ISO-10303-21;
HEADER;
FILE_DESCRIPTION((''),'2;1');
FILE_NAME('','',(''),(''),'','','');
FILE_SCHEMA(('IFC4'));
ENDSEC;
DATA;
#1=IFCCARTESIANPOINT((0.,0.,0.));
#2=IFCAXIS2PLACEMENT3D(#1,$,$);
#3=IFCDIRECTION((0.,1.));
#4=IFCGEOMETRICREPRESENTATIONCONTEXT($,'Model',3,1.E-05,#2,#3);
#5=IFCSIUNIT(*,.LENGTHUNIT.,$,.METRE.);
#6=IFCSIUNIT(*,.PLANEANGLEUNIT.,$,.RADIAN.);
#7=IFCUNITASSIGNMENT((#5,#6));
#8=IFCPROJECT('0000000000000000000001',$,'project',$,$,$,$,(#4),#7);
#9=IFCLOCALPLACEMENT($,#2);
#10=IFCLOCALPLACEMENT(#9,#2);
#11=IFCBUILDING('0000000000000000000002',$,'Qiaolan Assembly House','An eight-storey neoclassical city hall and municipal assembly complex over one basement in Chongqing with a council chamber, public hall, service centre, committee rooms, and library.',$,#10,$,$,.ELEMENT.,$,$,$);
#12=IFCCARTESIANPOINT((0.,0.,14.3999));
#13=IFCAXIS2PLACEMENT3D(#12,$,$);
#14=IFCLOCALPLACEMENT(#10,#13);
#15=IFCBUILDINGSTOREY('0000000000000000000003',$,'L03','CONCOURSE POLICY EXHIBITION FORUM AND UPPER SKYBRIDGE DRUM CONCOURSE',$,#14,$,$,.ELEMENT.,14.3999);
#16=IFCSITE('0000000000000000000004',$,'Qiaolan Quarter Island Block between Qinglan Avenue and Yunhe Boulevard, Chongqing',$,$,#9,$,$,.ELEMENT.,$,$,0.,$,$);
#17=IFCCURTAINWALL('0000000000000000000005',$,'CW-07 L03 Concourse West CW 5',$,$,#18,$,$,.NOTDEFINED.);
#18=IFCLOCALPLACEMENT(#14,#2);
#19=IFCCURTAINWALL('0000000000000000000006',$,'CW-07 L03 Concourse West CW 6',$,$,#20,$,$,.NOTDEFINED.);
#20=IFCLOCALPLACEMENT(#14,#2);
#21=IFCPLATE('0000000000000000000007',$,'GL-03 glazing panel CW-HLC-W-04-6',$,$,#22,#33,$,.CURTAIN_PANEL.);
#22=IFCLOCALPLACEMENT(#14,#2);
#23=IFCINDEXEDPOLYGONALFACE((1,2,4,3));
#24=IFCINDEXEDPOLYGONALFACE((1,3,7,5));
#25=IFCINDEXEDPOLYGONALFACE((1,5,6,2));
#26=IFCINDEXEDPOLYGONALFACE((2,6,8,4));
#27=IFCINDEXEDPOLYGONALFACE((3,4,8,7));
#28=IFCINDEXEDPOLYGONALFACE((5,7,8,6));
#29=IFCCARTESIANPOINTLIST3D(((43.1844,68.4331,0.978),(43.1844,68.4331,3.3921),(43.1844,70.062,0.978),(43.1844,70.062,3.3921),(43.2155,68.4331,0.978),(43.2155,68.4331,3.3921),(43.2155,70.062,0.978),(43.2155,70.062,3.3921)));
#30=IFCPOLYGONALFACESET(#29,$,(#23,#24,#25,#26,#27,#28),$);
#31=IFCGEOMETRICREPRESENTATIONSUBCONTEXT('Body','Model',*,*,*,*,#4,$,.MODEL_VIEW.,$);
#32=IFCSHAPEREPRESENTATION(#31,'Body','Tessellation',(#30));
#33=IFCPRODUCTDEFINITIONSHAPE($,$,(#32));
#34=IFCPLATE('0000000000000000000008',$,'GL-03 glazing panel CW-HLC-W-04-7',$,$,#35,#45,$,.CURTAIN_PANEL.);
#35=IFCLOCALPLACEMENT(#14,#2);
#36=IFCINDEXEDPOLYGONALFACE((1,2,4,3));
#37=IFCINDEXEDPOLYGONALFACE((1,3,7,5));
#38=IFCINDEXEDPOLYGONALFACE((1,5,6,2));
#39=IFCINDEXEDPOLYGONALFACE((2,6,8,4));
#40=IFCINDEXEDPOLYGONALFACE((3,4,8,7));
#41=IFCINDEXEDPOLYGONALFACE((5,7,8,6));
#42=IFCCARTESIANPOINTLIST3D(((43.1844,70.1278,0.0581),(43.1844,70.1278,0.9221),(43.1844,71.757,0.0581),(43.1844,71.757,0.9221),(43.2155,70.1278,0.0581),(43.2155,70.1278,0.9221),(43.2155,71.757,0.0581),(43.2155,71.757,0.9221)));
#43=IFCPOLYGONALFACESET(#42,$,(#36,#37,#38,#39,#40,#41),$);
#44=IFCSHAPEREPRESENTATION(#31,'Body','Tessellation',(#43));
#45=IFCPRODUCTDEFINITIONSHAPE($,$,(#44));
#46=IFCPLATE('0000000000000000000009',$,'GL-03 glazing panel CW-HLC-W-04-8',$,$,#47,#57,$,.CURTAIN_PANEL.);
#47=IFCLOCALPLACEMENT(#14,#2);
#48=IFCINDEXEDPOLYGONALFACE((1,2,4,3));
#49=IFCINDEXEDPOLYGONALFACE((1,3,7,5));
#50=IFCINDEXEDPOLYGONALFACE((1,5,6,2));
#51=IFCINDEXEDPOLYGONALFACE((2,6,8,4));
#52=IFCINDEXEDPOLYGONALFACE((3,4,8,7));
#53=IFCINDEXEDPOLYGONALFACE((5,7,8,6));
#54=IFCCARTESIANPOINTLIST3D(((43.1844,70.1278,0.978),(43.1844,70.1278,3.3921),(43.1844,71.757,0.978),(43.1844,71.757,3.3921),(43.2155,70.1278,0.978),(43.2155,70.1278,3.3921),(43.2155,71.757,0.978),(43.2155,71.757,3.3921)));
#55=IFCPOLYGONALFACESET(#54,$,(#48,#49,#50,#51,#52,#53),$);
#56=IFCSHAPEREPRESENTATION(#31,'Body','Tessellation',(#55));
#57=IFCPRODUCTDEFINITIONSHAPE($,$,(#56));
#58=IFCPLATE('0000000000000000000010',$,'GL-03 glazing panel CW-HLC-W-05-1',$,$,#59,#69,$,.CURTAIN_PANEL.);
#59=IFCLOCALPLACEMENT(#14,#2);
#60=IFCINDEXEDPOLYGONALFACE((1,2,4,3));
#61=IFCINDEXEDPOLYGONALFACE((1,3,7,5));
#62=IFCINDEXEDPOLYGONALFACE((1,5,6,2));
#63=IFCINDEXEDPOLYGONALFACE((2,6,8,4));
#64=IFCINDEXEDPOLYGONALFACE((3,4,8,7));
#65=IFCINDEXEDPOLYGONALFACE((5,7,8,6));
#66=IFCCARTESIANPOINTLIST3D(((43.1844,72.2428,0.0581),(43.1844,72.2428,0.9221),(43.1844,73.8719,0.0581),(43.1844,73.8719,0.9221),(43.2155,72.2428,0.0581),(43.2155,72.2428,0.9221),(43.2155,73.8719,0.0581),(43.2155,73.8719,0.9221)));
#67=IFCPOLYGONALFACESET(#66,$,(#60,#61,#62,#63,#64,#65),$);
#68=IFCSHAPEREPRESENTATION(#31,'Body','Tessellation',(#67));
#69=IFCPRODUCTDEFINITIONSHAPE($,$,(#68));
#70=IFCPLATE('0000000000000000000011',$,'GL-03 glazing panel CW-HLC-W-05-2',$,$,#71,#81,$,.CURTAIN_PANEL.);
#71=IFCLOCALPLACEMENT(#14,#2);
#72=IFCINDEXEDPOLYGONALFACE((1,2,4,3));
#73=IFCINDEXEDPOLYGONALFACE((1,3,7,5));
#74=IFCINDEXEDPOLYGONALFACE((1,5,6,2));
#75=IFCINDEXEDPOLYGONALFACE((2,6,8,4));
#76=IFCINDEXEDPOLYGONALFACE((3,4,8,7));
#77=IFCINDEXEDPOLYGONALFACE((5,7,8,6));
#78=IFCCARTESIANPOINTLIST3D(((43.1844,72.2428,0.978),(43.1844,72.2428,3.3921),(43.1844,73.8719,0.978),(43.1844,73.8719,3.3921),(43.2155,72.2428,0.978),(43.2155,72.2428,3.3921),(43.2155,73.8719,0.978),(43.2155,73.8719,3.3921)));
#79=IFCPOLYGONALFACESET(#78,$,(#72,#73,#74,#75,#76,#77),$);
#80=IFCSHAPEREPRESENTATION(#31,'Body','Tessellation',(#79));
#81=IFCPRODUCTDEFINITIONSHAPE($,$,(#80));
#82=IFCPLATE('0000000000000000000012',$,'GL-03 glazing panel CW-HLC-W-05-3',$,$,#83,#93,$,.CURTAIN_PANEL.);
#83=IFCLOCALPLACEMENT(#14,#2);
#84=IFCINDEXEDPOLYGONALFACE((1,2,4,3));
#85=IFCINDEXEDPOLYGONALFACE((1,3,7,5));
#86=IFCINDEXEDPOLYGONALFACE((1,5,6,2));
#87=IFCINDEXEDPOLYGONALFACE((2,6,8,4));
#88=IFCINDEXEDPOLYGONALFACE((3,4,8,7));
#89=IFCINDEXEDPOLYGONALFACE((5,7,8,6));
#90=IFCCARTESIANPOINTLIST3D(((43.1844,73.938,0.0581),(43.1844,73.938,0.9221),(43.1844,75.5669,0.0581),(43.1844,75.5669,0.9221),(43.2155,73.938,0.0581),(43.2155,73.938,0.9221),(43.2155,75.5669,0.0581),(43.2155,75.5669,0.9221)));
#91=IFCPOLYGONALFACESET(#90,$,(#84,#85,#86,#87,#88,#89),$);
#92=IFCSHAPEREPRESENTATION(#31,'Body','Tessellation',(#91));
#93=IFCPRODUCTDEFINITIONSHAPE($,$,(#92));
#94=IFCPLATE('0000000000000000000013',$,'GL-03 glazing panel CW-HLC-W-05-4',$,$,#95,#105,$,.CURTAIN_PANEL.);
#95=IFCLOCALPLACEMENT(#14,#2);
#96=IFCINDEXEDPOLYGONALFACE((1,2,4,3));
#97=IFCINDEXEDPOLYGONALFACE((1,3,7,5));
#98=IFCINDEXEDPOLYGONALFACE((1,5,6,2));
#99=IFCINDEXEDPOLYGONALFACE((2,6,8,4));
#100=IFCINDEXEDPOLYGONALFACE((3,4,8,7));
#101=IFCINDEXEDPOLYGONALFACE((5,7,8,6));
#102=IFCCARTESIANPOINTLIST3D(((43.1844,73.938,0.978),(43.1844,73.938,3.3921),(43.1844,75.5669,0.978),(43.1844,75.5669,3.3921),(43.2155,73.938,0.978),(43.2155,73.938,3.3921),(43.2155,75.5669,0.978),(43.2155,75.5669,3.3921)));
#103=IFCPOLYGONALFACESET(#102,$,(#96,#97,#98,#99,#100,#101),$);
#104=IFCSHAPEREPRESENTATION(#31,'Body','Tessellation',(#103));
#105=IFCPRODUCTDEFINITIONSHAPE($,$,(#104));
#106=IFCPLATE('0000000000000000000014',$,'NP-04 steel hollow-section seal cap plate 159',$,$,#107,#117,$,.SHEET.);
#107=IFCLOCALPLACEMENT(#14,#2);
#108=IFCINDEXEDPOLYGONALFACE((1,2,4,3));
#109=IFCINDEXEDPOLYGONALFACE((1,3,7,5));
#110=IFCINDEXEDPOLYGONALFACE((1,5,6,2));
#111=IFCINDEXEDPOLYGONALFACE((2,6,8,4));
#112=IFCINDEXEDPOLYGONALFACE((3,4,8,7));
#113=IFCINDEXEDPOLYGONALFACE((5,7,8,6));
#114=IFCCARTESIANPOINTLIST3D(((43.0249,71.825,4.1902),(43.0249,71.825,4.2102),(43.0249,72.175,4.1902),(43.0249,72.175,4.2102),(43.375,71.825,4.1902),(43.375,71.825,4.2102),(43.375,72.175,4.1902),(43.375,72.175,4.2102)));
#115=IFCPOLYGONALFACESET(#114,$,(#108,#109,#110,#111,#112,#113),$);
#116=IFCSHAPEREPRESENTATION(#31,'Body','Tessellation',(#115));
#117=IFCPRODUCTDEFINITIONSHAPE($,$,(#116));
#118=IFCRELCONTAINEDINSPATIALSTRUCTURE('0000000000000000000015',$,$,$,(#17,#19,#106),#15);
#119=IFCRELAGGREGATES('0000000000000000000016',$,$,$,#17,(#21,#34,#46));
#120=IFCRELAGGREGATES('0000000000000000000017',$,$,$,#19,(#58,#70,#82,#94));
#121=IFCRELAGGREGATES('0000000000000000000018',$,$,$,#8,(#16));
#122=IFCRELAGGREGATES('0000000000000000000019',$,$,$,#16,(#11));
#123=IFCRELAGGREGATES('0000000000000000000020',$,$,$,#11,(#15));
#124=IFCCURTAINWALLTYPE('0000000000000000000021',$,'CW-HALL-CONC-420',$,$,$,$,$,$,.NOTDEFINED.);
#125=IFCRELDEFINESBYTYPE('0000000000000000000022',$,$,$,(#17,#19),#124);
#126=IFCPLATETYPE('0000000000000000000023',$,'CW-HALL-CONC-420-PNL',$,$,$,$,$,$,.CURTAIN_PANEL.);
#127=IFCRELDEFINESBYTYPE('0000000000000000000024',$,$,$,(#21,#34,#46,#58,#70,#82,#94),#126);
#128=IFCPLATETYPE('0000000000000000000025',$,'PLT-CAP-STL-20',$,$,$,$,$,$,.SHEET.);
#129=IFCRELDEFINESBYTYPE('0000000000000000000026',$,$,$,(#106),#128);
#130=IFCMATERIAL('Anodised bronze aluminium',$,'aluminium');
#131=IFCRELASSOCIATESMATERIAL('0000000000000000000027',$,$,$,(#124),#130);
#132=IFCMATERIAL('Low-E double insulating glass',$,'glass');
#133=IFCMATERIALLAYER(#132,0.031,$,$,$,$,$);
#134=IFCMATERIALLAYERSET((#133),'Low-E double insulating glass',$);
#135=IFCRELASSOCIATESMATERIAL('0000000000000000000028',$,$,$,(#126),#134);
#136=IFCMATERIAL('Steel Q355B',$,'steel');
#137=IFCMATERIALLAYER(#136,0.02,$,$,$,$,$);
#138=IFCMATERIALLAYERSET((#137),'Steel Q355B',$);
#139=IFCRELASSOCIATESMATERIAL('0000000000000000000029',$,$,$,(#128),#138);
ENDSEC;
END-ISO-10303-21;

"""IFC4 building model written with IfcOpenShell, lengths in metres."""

from ifc_helpers import new_model, si_unit, direction, frame, frame_2d, origin, origin_2d, place, context, subcontext, project, spatial, rectangle, extrude, material, layer, layer_set, type_object, element, aggregate, save


model = new_model("IFC4")

# Units and contexts
model_context = context("Model", 3, precision=1e-05, world=origin(), true_north=direction((0.0, 1.0)))
body_context = subcontext(model_context, "Body", "Model", "MODEL_VIEW")
ifc_project = project(units=[si_unit("LENGTHUNIT", "METRE"), si_unit("PLANEANGLEUNIT", "RADIAN")], contexts=[model_context])

# Site, building, storey
site_placement = place(None, origin())
site = spatial("IfcSite", under=ifc_project, at=site_placement, Name="Qiaolan Quarter Island Block between Qinglan Avenue and Yunhe Boulevard, Chongqing", CompositionType="ELEMENT", RefElevation=0.0)
building_placement = place(site_placement, origin())
building = spatial("IfcBuilding", under=site, at=building_placement, Name="Qiaolan Assembly House", Description="An eight-storey neoclassical city hall and municipal assembly complex over one basement in Chongqing with a council chamber, public hall, service centre, committee rooms, and library.", CompositionType="ELEMENT")
storey_placement = place(building_placement, frame((0.0, 0.0, 14.3999)))
storey = spatial("IfcBuildingStorey", under=building, at=storey_placement, Name="L03", Description="CONCOURSE POLICY EXHIBITION FORUM AND UPPER SKYBRIDGE DRUM CONCOURSE", CompositionType="ELEMENT", Elevation=14.3999)

# Shared definitions
ifc_material_1 = material(Name="Steel Q355B", Category="steel")

# Curtain walls
ifc_material_2 = material(Name="Anodised bronze aluminium", Category="aluminium")
curtain_wall_type = type_object("IfcCurtainWallType", Name="CW-HALL-CONC-420", PredefinedType="NOTDEFINED", material=ifc_material_2)
curtain_wall_1_placement = place(storey_placement, origin())
curtain_wall_1 = element("IfcCurtainWall", 1, at=curtain_wall_1_placement, inside=storey, type_object=curtain_wall_type, Name="CW-07 L03 Concourse West CW 5", PredefinedType="NOTDEFINED")
curtain_wall_2_placement = place(storey_placement, origin())
curtain_wall_2 = element("IfcCurtainWall", 2, at=curtain_wall_2_placement, inside=storey, type_object=curtain_wall_type, Name="CW-07 L03 Concourse West CW 6", PredefinedType="NOTDEFINED")

# Plates
ifc_material_3 = material(Name="Low-E double insulating glass", Category="glass")
ifc_layer_1 = layer(ifc_material_3, 0.031)
ifc_layer_set_1 = layer_set([ifc_layer_1], Name="Low-E double insulating glass")
plate_type_1 = type_object("IfcPlateType", Name="CW-HALL-CONC-420-PNL", PredefinedType="CURTAIN_PANEL", material=ifc_layer_set_1)
plate_1_placement = place(storey_placement, frame((43.2, 68.4331, 0.978), z_axis=(0.0, 0.0, 1.0), x_axis=(0.0, 1.0, 0.0)))
plate_1 = element("IfcPlate", 3, at=plate_1_placement, type_object=plate_type_1, Name="GL-03 glazing panel CW-HLC-W-04-6", PredefinedType="CURTAIN_PANEL", context=body_context, shape_type="SweptSolid", body=[
    extrude(rectangle(XDim=1.6289, YDim=0.031, at=frame_2d((0.8145, 0.0))), origin(), (0.0, 0.0, 1.0), 2.4141),
])
plate_2_placement = place(storey_placement, frame((43.2, 70.1279, 0.0581), z_axis=(0.0, 0.0, 1.0), x_axis=(0.0, 1.0, 0.0)))
plate_2 = element("IfcPlate", 4, at=plate_2_placement, type_object=plate_type_1, Name="GL-03 glazing panel CW-HLC-W-04-7", PredefinedType="CURTAIN_PANEL", context=body_context, shape_type="SweptSolid", body=[
    extrude(rectangle(XDim=1.6292, YDim=0.031, at=frame_2d((0.8145, 0.0))), origin(), (0.0, 0.0, 1.0), 0.864),
])
plate_3_placement = place(storey_placement, frame((43.2, 70.1279, 0.978), z_axis=(0.0, 0.0, 1.0), x_axis=(0.0, 1.0, 0.0)))
plate_3 = element("IfcPlate", 5, at=plate_3_placement, type_object=plate_type_1, Name="GL-03 glazing panel CW-HLC-W-04-8", PredefinedType="CURTAIN_PANEL", context=body_context, shape_type="SweptSolid", body=[
    extrude(rectangle(XDim=1.6292, YDim=0.031, at=frame_2d((0.8145, 0.0))), origin(), (0.0, 0.0, 1.0), 2.4141),
])
aggregate(curtain_wall_1, [plate_1, plate_2, plate_3])
plate_4_placement = place(storey_placement, frame((43.2, 72.2429, 0.0581), z_axis=(0.0, 0.0, 1.0), x_axis=(0.0, 1.0, 0.0)))
plate_4 = element("IfcPlate", 6, at=plate_4_placement, type_object=plate_type_1, Name="GL-03 glazing panel CW-HLC-W-05-1", PredefinedType="CURTAIN_PANEL", context=body_context, shape_type="SweptSolid", body=[
    extrude(rectangle(XDim=1.6292, YDim=0.031, at=frame_2d((0.8145, 0.0))), origin(), (0.0, 0.0, 1.0), 0.864),
])
plate_5_placement = place(storey_placement, frame((43.2, 72.2429, 0.978), z_axis=(0.0, 0.0, 1.0), x_axis=(0.0, 1.0, 0.0)))
plate_5 = element("IfcPlate", 7, at=plate_5_placement, type_object=plate_type_1, Name="GL-03 glazing panel CW-HLC-W-05-2", PredefinedType="CURTAIN_PANEL", context=body_context, shape_type="SweptSolid", body=[
    extrude(rectangle(XDim=1.6292, YDim=0.031, at=frame_2d((0.8145, 0.0))), origin(), (0.0, 0.0, 1.0), 2.4141),
])
plate_6_placement = place(storey_placement, frame((43.2, 73.938, 0.0581), z_axis=(0.0, 0.0, 1.0), x_axis=(0.0, 1.0, 0.0)))
plate_6 = element("IfcPlate", 8, at=plate_6_placement, type_object=plate_type_1, Name="GL-03 glazing panel CW-HLC-W-05-3", PredefinedType="CURTAIN_PANEL", context=body_context, shape_type="SweptSolid", body=[
    extrude(rectangle(XDim=1.6289, YDim=0.031, at=frame_2d((0.8145, 0.0))), origin(), (0.0, 0.0, 1.0), 0.864),
])
plate_7_placement = place(storey_placement, frame((43.2, 73.938, 0.978), z_axis=(0.0, 0.0, 1.0), x_axis=(0.0, 1.0, 0.0)))
plate_7 = element("IfcPlate", 9, at=plate_7_placement, type_object=plate_type_1, Name="GL-03 glazing panel CW-HLC-W-05-4", PredefinedType="CURTAIN_PANEL", context=body_context, shape_type="SweptSolid", body=[
    extrude(rectangle(XDim=1.6289, YDim=0.031, at=frame_2d((0.8145, 0.0))), origin(), (0.0, 0.0, 1.0), 2.4141),
])
aggregate(curtain_wall_2, [plate_4, plate_5, plate_6, plate_7])
ifc_layer_2 = layer(ifc_material_1, 0.02)
ifc_layer_set_2 = layer_set([ifc_layer_2], Name="Steel Q355B")
plate_type_2 = type_object("IfcPlateType", Name="PLT-CAP-STL-20", PredefinedType="SHEET", material=ifc_layer_set_2)
plate_8_placement = place(storey_placement, frame((43.2, 72.0, 4.1902), z_axis=(0.0, 0.0, 1.0), x_axis=(1.0, 0.0, 0.0)))
element("IfcPlate", 10, at=plate_8_placement, inside=storey, type_object=plate_type_2, Name="NP-04 steel hollow-section seal cap plate 159", PredefinedType="SHEET", context=body_context, shape_type="SweptSolid", body=[
    extrude(rectangle(XDim=0.3501, YDim=0.3501, at=origin_2d()), origin(), (0.0, 0.0, 1.0), 0.02),
])

save(model, "model.ifc")
